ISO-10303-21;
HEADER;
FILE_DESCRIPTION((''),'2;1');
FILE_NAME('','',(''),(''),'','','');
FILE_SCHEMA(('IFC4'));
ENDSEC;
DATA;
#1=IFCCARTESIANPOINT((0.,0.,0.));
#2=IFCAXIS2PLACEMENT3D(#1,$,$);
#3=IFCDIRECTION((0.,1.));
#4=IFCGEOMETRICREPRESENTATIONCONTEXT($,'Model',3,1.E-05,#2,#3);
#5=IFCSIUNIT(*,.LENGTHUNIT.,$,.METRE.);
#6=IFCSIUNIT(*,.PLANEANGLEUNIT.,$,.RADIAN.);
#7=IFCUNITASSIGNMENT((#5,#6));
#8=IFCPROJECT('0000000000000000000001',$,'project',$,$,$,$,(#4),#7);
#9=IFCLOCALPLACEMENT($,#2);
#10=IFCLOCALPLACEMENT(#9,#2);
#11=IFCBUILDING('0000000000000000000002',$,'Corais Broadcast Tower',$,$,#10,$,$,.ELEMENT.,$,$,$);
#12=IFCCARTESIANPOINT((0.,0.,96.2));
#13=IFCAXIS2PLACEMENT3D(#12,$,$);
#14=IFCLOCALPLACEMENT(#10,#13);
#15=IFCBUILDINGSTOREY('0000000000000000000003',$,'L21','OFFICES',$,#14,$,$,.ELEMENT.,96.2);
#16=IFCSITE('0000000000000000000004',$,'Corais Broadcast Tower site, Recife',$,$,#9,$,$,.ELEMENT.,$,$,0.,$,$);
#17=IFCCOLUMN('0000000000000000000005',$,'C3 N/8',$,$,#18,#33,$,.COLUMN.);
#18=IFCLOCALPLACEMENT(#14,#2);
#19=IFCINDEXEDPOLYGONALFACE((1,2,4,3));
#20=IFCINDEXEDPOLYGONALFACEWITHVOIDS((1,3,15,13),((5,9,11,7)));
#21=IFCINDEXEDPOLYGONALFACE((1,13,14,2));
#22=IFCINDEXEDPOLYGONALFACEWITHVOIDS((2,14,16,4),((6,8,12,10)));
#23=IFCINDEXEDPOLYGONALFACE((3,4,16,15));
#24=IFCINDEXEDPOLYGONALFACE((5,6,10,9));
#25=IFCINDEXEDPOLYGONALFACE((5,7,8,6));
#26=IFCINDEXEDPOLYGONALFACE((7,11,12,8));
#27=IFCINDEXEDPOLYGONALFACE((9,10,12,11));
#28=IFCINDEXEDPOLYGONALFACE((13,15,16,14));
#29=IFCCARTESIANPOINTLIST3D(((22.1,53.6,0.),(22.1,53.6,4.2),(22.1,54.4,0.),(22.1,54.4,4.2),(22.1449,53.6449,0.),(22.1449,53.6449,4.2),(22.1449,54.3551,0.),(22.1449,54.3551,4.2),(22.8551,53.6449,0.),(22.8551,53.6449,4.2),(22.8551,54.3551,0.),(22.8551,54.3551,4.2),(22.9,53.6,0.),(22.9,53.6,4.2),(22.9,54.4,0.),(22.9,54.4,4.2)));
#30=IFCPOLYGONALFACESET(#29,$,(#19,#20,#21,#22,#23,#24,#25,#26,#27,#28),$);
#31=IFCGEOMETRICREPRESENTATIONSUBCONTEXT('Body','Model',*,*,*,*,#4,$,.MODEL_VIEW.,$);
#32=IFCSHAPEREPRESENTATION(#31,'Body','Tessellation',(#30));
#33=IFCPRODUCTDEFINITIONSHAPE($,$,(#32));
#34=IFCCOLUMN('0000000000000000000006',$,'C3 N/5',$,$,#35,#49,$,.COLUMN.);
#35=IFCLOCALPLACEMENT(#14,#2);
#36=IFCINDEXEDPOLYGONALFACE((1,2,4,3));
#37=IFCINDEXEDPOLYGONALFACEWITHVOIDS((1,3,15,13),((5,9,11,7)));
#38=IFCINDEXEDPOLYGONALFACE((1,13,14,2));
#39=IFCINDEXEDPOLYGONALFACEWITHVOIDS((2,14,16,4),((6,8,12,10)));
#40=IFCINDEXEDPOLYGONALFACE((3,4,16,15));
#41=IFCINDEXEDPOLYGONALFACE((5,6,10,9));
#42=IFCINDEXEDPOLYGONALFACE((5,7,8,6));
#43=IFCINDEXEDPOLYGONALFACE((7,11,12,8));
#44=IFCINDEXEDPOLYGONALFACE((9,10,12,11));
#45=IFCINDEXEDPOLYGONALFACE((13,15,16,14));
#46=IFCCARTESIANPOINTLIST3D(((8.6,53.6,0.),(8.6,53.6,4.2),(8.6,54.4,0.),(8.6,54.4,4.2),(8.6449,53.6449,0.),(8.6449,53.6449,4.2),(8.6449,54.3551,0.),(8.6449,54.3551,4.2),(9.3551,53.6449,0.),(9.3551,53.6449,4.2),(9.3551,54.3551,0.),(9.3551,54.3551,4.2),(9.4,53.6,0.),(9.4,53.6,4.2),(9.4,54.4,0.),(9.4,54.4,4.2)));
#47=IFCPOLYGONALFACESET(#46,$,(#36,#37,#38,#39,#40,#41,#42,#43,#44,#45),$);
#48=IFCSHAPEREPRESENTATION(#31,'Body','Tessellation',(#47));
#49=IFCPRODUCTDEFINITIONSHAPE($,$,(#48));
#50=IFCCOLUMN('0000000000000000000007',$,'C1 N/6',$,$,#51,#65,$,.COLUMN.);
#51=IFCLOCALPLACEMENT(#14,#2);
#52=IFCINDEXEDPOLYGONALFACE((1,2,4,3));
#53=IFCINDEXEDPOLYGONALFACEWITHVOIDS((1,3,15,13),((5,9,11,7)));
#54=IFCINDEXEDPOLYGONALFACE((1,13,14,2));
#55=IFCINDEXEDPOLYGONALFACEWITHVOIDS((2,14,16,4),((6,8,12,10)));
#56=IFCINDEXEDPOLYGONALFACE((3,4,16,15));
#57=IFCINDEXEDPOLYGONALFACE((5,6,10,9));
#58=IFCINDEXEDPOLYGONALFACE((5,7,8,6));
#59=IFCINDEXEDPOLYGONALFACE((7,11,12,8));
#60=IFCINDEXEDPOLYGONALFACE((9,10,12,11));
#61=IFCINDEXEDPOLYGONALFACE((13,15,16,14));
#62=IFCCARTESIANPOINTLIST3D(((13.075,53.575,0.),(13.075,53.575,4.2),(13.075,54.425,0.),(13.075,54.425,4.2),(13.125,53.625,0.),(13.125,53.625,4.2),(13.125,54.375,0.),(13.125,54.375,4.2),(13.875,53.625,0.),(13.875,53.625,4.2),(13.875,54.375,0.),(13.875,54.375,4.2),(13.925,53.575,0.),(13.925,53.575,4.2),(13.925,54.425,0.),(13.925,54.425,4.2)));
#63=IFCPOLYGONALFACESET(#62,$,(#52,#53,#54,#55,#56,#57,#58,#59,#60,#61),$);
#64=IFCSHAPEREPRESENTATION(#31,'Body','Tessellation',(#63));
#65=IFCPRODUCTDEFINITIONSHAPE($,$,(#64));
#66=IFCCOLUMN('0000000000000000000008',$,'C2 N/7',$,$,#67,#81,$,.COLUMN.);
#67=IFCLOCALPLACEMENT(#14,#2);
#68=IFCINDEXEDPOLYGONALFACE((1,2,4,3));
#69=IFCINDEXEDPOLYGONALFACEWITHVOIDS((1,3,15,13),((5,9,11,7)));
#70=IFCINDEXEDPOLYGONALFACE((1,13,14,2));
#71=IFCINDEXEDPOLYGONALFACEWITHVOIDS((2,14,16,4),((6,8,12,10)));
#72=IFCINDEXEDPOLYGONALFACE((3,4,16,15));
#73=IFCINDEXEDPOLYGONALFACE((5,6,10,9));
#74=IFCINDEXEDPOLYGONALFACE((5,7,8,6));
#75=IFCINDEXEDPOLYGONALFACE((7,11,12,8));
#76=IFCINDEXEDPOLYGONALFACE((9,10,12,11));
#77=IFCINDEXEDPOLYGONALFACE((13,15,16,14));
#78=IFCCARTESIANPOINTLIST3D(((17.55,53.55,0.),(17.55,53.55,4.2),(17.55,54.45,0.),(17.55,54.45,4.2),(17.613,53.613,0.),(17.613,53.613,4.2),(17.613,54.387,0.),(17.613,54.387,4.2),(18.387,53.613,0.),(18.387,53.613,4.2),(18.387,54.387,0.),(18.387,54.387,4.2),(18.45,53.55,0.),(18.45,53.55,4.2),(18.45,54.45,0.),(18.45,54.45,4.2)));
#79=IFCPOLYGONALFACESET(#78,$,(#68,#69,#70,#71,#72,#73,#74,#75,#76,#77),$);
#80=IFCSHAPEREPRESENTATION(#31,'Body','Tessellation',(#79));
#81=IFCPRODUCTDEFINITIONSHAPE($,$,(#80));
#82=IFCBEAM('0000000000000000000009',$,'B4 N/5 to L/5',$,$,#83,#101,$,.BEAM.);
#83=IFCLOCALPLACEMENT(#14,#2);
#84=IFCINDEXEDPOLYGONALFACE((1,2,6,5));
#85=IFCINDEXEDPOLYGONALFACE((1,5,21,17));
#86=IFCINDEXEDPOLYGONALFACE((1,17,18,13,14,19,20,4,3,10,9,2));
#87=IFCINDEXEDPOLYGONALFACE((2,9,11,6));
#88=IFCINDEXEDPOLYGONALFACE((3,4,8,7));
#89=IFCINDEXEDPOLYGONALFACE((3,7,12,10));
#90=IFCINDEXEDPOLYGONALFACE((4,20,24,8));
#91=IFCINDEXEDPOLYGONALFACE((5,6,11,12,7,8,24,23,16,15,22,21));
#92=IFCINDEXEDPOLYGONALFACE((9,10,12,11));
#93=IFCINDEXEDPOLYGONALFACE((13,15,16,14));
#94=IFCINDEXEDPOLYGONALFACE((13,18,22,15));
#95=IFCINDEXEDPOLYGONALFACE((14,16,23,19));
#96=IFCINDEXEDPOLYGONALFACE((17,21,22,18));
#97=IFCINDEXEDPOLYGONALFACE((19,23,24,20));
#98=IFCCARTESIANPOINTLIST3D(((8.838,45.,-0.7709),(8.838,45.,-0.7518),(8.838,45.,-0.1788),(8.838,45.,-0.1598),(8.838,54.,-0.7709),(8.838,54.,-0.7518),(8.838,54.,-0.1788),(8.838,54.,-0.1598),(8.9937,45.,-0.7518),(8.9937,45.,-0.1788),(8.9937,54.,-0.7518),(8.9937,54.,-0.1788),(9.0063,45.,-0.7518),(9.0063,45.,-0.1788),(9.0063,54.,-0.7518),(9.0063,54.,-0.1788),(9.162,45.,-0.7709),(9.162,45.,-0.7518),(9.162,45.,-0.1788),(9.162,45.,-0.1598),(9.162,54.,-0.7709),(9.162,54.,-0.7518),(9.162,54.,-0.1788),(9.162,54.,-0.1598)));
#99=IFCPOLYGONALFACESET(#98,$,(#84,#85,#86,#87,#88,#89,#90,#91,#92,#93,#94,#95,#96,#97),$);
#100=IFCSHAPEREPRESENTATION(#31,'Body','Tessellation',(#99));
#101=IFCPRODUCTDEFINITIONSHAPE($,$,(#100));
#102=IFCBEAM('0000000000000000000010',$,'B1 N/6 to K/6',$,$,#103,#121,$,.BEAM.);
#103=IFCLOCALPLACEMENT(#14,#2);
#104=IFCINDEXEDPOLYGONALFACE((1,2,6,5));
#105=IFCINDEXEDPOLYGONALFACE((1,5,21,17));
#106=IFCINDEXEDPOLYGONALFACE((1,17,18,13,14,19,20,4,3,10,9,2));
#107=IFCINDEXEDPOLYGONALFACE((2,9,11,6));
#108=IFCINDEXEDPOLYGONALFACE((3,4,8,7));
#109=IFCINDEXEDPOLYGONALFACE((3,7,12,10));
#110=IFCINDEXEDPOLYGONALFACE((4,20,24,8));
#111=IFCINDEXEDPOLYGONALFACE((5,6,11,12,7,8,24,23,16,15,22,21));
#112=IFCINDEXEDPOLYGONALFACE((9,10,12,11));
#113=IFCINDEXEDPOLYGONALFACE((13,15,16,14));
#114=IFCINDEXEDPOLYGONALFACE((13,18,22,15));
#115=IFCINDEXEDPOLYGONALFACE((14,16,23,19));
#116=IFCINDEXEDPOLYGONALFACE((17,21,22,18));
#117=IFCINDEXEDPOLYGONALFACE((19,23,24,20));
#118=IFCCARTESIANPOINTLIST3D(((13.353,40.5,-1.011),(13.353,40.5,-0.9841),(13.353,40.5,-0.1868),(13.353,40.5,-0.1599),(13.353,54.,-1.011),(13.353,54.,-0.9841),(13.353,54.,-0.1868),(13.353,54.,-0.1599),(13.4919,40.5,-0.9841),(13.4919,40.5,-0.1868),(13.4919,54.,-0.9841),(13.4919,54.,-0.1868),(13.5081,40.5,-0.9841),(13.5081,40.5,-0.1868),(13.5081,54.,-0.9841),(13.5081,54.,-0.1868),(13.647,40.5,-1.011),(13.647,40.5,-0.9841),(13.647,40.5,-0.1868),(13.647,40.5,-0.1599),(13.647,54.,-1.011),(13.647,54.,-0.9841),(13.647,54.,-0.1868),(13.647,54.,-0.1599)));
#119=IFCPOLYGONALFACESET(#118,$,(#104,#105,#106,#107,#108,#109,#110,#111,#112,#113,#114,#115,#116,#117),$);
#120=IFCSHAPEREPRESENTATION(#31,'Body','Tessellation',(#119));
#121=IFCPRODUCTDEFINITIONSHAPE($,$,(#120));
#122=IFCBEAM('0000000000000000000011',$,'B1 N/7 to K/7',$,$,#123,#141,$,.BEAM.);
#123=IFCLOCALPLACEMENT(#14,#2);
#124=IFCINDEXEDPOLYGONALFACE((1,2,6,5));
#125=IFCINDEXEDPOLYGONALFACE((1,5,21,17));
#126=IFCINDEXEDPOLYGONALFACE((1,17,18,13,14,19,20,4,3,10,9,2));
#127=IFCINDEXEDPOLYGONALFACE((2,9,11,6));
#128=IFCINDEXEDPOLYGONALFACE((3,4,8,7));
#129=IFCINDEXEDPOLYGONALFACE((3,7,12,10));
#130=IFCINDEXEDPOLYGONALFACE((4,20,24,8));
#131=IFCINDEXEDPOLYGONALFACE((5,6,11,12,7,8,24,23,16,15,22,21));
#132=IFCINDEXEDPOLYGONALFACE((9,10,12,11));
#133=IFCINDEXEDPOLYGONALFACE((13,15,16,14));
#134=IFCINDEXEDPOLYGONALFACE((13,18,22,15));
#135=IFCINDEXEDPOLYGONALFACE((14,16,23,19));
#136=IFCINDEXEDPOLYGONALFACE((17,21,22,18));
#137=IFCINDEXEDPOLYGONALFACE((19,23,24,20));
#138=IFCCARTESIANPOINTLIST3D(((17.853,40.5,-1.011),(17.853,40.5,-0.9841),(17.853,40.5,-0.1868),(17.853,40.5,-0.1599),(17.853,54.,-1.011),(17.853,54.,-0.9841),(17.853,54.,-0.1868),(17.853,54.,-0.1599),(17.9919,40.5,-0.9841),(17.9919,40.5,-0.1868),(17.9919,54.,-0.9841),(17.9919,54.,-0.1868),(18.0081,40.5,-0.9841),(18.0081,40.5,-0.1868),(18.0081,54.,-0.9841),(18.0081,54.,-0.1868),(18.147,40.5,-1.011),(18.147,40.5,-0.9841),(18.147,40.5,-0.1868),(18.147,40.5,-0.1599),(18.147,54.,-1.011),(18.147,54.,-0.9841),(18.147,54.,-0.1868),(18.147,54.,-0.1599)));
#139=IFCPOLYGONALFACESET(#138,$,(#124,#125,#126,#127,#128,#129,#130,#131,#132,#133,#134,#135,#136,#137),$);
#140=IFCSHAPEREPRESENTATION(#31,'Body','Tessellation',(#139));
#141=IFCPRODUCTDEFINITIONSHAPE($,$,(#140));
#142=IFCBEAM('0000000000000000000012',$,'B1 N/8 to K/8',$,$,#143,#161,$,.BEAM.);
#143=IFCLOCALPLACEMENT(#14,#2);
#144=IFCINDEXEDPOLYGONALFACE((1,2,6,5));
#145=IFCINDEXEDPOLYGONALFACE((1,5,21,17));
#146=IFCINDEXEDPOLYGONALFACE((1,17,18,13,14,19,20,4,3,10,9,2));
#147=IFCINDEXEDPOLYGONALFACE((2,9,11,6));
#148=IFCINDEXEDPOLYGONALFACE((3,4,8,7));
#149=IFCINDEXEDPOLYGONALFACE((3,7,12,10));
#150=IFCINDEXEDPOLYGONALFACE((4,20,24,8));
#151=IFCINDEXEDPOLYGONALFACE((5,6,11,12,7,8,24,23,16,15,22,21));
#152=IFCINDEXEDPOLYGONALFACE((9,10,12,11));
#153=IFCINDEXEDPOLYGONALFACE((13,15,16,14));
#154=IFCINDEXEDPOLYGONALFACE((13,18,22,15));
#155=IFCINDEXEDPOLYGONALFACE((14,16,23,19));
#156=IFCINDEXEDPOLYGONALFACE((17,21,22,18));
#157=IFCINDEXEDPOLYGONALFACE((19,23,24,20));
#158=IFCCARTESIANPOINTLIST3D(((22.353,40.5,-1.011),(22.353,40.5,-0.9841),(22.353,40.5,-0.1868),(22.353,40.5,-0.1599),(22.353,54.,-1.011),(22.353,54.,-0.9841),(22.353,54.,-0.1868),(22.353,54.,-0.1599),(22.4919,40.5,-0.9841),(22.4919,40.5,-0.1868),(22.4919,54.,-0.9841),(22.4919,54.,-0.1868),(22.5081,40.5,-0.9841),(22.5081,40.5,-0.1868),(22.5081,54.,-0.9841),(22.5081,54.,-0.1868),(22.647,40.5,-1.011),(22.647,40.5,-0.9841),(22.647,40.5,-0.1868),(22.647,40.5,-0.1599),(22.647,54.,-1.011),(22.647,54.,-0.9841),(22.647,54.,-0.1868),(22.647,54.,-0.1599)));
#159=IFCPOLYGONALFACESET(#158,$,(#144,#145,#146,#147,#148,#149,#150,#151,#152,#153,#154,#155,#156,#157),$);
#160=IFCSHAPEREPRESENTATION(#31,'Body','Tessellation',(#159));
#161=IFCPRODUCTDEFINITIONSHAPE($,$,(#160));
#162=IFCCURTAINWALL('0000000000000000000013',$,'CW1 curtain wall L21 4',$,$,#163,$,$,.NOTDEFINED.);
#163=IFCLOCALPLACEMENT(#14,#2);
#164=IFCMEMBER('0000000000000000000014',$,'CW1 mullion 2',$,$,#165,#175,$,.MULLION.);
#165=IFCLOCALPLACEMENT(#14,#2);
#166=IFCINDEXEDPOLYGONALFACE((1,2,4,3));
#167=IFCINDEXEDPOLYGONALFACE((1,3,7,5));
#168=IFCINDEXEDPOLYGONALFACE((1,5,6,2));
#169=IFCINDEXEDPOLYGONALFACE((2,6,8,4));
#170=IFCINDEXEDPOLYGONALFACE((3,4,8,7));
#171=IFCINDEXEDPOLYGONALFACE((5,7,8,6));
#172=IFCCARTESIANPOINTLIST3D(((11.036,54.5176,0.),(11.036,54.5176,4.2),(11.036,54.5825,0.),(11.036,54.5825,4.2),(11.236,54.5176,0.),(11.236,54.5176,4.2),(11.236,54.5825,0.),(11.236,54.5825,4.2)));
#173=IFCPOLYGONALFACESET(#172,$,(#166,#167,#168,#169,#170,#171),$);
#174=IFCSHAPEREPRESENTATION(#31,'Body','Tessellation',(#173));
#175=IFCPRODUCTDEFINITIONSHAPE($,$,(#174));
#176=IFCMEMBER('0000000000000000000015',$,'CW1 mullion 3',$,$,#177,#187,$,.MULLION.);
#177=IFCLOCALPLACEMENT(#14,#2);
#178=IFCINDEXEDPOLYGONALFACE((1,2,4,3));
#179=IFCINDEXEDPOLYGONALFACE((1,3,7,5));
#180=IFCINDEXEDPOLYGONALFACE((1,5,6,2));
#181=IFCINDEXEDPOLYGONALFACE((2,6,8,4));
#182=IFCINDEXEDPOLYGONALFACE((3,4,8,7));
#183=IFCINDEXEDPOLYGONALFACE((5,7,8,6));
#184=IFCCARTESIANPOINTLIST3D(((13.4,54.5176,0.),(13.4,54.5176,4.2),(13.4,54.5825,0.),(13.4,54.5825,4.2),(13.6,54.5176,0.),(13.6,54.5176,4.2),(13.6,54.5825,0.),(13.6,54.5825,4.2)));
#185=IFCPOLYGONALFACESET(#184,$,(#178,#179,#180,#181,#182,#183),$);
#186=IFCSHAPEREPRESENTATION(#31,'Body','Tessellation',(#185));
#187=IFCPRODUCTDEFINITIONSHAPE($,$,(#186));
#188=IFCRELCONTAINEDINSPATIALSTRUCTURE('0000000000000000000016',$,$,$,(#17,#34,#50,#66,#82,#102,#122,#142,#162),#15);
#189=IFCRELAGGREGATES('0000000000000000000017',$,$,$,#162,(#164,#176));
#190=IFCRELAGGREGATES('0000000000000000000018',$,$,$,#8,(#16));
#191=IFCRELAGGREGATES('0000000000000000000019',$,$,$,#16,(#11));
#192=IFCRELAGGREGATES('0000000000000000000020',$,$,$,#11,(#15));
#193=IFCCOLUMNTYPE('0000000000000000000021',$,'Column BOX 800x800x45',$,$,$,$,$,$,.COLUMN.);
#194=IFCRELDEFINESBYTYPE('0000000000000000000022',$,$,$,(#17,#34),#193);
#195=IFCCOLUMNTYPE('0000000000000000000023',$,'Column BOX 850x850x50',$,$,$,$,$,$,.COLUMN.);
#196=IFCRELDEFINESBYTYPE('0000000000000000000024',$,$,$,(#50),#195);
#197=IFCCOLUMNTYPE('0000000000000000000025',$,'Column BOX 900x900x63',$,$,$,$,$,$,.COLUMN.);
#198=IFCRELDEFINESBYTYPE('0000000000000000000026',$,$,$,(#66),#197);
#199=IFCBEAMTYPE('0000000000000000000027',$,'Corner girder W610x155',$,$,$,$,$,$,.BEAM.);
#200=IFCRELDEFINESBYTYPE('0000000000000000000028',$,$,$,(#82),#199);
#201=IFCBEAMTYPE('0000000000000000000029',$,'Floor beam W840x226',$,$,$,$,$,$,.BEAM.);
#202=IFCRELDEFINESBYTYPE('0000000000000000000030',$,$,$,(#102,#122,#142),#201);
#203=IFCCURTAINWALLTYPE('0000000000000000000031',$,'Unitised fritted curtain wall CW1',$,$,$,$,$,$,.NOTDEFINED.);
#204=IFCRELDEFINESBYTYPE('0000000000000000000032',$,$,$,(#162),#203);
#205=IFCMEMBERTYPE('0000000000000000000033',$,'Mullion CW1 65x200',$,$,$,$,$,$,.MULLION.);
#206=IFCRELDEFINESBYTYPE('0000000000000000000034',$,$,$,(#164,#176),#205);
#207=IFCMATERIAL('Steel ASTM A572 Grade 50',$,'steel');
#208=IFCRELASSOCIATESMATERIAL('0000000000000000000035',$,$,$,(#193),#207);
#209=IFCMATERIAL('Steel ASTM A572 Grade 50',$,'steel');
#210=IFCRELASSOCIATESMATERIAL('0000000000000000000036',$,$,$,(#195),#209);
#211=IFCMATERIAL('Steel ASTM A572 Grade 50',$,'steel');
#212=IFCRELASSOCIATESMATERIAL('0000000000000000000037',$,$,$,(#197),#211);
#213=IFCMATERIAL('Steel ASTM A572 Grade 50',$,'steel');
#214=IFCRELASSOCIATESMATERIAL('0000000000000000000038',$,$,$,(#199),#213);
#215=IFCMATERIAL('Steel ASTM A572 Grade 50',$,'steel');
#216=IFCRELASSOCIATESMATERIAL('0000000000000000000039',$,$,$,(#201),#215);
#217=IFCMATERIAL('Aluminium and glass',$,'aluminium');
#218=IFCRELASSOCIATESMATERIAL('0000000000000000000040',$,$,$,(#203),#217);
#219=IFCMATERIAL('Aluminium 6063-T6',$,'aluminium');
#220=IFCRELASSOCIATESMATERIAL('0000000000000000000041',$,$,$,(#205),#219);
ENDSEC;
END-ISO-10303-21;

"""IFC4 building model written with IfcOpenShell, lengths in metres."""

from ifc_helpers import new_model, si_unit, direction, frame, origin, origin_2d, place, context, subcontext, project, spatial, rectangle, hollow_rectangle, i_section, extrude, material, material_profile, profile_set, type_object, element, aggregate, save


model = new_model("IFC4")

# Units and contexts
model_context = context("Model", 3, precision=1e-05, world=origin(), true_north=direction((0.0, 1.0)))
body_context = subcontext(model_context, "Body", "Model", "MODEL_VIEW")
ifc_project = project(units=[si_unit("LENGTHUNIT", "METRE"), si_unit("PLANEANGLEUNIT", "RADIAN")], contexts=[model_context])

# Site, building, storey
site_placement = place(None, origin())
site = spatial("IfcSite", under=ifc_project, at=site_placement, Name="Corais Broadcast Tower site, Recife", CompositionType="ELEMENT", RefElevation=0.0)
building_placement = place(site_placement, origin())
building = spatial("IfcBuilding", under=site, at=building_placement, Name="Corais Broadcast Tower", CompositionType="ELEMENT")
storey_placement = place(building_placement, frame((0.0, 0.0, 96.2)))
storey = spatial("IfcBuildingStorey", under=building, at=storey_placement, Name="L21", Description="OFFICES", CompositionType="ELEMENT", Elevation=96.2)

# Columns
ifc_material_1 = material(Name="Steel ASTM A572 Grade 50", Category="steel")
ifc_material_profile_1 = material_profile(ifc_material_1, hollow_rectangle(XDim=0.8, YDim=0.8, WallThickness=0.0449, at=origin_2d()), Name="BOX 800x800x45")
ifc_profile_set_1 = profile_set([ifc_material_profile_1], Name="Steel ASTM A572 Grade 50")
column_type_1 = type_object("IfcColumnType", Name="Column BOX 800x800x45", PredefinedType="COLUMN", material=ifc_profile_set_1)
for number, where, z_axis, x_axis, name in (
    (1, (22.5, 54.0, 0.0), (0.0, 0.0, 1.0), (1.0, 0.0, 0.0), "C3 N/8"),
    (2, (9.0, 54.0, 0.0), (0.0, 0.0, 1.0), (1.0, 0.0, 0.0), "C3 N/5"),
):
    element("IfcColumn", number, at=place(storey_placement, frame(where, z_axis=z_axis, x_axis=x_axis)), inside=storey, type_object=column_type_1, Name=name, PredefinedType="COLUMN", context=body_context, shape_type="SweptSolid", body=[
        extrude(hollow_rectangle(XDim=0.8, YDim=0.8, WallThickness=0.0449, at=origin_2d()), origin(), (0.0, 0.0, 1.0), 4.2),
    ])
ifc_material_2 = material(Name="Steel ASTM A572 Grade 50", Category="steel")
ifc_material_profile_2 = material_profile(ifc_material_2, hollow_rectangle(XDim=0.8501, YDim=0.8501, WallThickness=0.05, at=origin_2d()), Name="BOX 850x850x50")
ifc_profile_set_2 = profile_set([ifc_material_profile_2], Name="Steel ASTM A572 Grade 50")
column_type_2 = type_object("IfcColumnType", Name="Column BOX 850x850x50", PredefinedType="COLUMN", material=ifc_profile_set_2)
column_1_placement = place(storey_placement, frame((13.5, 54.0, 0.0), z_axis=(0.0, 0.0, 1.0), x_axis=(1.0, 0.0, 0.0)))
element("IfcColumn", 3, at=column_1_placement, inside=storey, type_object=column_type_2, Name="C1 N/6", PredefinedType="COLUMN", context=body_context, shape_type="SweptSolid", body=[
    extrude(hollow_rectangle(XDim=0.8501, YDim=0.8501, WallThickness=0.05, at=origin_2d()), origin(), (0.0, 0.0, 1.0), 4.2),
])
ifc_material_3 = material(Name="Steel ASTM A572 Grade 50", Category="steel")
ifc_material_profile_3 = material_profile(ifc_material_3, hollow_rectangle(XDim=0.8999, YDim=0.8999, WallThickness=0.063, at=origin_2d()), Name="BOX 900x900x63")
ifc_profile_set_3 = profile_set([ifc_material_profile_3], Name="Steel ASTM A572 Grade 50")
column_type_3 = type_object("IfcColumnType", Name="Column BOX 900x900x63", PredefinedType="COLUMN", material=ifc_profile_set_3)
column_2_placement = place(storey_placement, frame((18.0, 54.0, 0.0), z_axis=(0.0, 0.0, 1.0), x_axis=(1.0, 0.0, 0.0)))
element("IfcColumn", 4, at=column_2_placement, inside=storey, type_object=column_type_3, Name="C2 N/7", PredefinedType="COLUMN", context=body_context, shape_type="SweptSolid", body=[
    extrude(hollow_rectangle(XDim=0.8999, YDim=0.8999, WallThickness=0.063, at=origin_2d()), origin(), (0.0, 0.0, 1.0), 4.2),
])

# Beams
ifc_material_4 = material(Name="Steel ASTM A572 Grade 50", Category="steel")
ifc_material_profile_4 = material_profile(ifc_material_4, i_section(OverallWidth=0.324, OverallDepth=0.6111, WebThickness=0.0127, FlangeThickness=0.019, at=origin_2d()), Name="W610x155")
ifc_profile_set_4 = profile_set([ifc_material_profile_4], Name="Steel ASTM A572 Grade 50")
beam_type_1 = type_object("IfcBeamType", Name="Corner girder W610x155", PredefinedType="BEAM", material=ifc_profile_set_4)
beam_1_placement = place(storey_placement, frame((9.0, 54.0, -0.4653), z_axis=(0.0, -1.0, 0.0), x_axis=(1.0, 0.0, 0.0)))
element("IfcBeam", 5, at=beam_1_placement, inside=storey, type_object=beam_type_1, Name="B4 N/5 to L/5", PredefinedType="BEAM", context=body_context, shape_type="SweptSolid", body=[
    extrude(i_section(OverallWidth=0.324, OverallDepth=0.6111, WebThickness=0.0127, FlangeThickness=0.019, at=origin_2d()), origin(), (0.0, 0.0, 1.0), 9.0),
])
ifc_material_5 = material(Name="Steel ASTM A572 Grade 50", Category="steel")
ifc_material_profile_5 = material_profile(ifc_material_5, i_section(OverallWidth=0.2939, OverallDepth=0.8511, WebThickness=0.0161, FlangeThickness=0.0269, at=origin_2d()), Name="W840x226")
ifc_profile_set_5 = profile_set([ifc_material_profile_5], Name="Steel ASTM A572 Grade 50")
beam_type_2 = type_object("IfcBeamType", Name="Floor beam W840x226", PredefinedType="BEAM", material=ifc_profile_set_5)
for number, where, z_axis, x_axis, name in (
    (6, (13.5, 54.0, -0.5854), (0.0, -1.0, 0.0), (1.0, 0.0, 0.0), "B1 N/6 to K/6"),
    (7, (18.0, 54.0, -0.5854), (0.0, -1.0, 0.0), (1.0, 0.0, 0.0), "B1 N/7 to K/7"),
    (8, (22.5, 54.0, -0.5854), (0.0, -1.0, 0.0), (1.0, 0.0, 0.0), "B1 N/8 to K/8"),
):
    element("IfcBeam", number, at=place(storey_placement, frame(where, z_axis=z_axis, x_axis=x_axis)), inside=storey, type_object=beam_type_2, Name=name, PredefinedType="BEAM", context=body_context, shape_type="SweptSolid", body=[
        extrude(i_section(OverallWidth=0.2939, OverallDepth=0.8511, WebThickness=0.0161, FlangeThickness=0.0269, at=origin_2d()), origin(), (0.0, 0.0, 1.0), 13.5),
    ])

# Curtain wall, members
ifc_material_6 = material(Name="Aluminium and glass", Category="aluminium")
curtain_wall_type = type_object("IfcCurtainWallType", Name="Unitised fritted curtain wall CW1", PredefinedType="NOTDEFINED", material=ifc_material_6)
curtain_wall_placement = place(storey_placement, origin())
curtain_wall = element("IfcCurtainWall", 9, at=curtain_wall_placement, inside=storey, type_object=curtain_wall_type, Name="CW1 curtain wall L21 4", PredefinedType="NOTDEFINED")
ifc_material_7 = material(Name="Aluminium 6063-T6", Category="aluminium")
ifc_material_profile_6 = material_profile(ifc_material_7, rectangle(XDim=0.0649, YDim=0.2, at=origin_2d()), Name="Mullion CW1 65x200")
ifc_profile_set_6 = profile_set([ifc_material_profile_6], Name="Aluminium 6063-T6")
member_type_1 = type_object("IfcMemberType", Name="Mullion CW1 65x200", PredefinedType="MULLION", material=ifc_profile_set_6)
member_1_placement = place(storey_placement, frame((11.136, 54.55, 0.0), z_axis=(0.0, 0.0, 1.0), x_axis=(0.0, 1.0, 0.0)))
member_1 = element("IfcMember", 10, at=member_1_placement, type_object=member_type_1, Name="CW1 mullion 2", PredefinedType="MULLION", context=body_context, shape_type="SweptSolid", body=[
    extrude(rectangle(XDim=0.0649, YDim=0.2, at=origin_2d()), origin(), (0.0, 0.0, 1.0), 4.2),
])
member_2_placement = place(storey_placement, frame((13.5, 54.55, 0.0), z_axis=(0.0, 0.0, 1.0), x_axis=(0.0, 1.0, 0.0)))
member_2 = element("IfcMember", 11, at=member_2_placement, type_object=member_type_1, Name="CW1 mullion 3", PredefinedType="MULLION", context=body_context, shape_type="SweptSolid", body=[
    extrude(rectangle(XDim=0.0649, YDim=0.2, at=origin_2d()), origin(), (0.0, 0.0, 1.0), 4.2),
])

aggregate(curtain_wall, [member_1, member_2])

save(model, "model.ifc")
